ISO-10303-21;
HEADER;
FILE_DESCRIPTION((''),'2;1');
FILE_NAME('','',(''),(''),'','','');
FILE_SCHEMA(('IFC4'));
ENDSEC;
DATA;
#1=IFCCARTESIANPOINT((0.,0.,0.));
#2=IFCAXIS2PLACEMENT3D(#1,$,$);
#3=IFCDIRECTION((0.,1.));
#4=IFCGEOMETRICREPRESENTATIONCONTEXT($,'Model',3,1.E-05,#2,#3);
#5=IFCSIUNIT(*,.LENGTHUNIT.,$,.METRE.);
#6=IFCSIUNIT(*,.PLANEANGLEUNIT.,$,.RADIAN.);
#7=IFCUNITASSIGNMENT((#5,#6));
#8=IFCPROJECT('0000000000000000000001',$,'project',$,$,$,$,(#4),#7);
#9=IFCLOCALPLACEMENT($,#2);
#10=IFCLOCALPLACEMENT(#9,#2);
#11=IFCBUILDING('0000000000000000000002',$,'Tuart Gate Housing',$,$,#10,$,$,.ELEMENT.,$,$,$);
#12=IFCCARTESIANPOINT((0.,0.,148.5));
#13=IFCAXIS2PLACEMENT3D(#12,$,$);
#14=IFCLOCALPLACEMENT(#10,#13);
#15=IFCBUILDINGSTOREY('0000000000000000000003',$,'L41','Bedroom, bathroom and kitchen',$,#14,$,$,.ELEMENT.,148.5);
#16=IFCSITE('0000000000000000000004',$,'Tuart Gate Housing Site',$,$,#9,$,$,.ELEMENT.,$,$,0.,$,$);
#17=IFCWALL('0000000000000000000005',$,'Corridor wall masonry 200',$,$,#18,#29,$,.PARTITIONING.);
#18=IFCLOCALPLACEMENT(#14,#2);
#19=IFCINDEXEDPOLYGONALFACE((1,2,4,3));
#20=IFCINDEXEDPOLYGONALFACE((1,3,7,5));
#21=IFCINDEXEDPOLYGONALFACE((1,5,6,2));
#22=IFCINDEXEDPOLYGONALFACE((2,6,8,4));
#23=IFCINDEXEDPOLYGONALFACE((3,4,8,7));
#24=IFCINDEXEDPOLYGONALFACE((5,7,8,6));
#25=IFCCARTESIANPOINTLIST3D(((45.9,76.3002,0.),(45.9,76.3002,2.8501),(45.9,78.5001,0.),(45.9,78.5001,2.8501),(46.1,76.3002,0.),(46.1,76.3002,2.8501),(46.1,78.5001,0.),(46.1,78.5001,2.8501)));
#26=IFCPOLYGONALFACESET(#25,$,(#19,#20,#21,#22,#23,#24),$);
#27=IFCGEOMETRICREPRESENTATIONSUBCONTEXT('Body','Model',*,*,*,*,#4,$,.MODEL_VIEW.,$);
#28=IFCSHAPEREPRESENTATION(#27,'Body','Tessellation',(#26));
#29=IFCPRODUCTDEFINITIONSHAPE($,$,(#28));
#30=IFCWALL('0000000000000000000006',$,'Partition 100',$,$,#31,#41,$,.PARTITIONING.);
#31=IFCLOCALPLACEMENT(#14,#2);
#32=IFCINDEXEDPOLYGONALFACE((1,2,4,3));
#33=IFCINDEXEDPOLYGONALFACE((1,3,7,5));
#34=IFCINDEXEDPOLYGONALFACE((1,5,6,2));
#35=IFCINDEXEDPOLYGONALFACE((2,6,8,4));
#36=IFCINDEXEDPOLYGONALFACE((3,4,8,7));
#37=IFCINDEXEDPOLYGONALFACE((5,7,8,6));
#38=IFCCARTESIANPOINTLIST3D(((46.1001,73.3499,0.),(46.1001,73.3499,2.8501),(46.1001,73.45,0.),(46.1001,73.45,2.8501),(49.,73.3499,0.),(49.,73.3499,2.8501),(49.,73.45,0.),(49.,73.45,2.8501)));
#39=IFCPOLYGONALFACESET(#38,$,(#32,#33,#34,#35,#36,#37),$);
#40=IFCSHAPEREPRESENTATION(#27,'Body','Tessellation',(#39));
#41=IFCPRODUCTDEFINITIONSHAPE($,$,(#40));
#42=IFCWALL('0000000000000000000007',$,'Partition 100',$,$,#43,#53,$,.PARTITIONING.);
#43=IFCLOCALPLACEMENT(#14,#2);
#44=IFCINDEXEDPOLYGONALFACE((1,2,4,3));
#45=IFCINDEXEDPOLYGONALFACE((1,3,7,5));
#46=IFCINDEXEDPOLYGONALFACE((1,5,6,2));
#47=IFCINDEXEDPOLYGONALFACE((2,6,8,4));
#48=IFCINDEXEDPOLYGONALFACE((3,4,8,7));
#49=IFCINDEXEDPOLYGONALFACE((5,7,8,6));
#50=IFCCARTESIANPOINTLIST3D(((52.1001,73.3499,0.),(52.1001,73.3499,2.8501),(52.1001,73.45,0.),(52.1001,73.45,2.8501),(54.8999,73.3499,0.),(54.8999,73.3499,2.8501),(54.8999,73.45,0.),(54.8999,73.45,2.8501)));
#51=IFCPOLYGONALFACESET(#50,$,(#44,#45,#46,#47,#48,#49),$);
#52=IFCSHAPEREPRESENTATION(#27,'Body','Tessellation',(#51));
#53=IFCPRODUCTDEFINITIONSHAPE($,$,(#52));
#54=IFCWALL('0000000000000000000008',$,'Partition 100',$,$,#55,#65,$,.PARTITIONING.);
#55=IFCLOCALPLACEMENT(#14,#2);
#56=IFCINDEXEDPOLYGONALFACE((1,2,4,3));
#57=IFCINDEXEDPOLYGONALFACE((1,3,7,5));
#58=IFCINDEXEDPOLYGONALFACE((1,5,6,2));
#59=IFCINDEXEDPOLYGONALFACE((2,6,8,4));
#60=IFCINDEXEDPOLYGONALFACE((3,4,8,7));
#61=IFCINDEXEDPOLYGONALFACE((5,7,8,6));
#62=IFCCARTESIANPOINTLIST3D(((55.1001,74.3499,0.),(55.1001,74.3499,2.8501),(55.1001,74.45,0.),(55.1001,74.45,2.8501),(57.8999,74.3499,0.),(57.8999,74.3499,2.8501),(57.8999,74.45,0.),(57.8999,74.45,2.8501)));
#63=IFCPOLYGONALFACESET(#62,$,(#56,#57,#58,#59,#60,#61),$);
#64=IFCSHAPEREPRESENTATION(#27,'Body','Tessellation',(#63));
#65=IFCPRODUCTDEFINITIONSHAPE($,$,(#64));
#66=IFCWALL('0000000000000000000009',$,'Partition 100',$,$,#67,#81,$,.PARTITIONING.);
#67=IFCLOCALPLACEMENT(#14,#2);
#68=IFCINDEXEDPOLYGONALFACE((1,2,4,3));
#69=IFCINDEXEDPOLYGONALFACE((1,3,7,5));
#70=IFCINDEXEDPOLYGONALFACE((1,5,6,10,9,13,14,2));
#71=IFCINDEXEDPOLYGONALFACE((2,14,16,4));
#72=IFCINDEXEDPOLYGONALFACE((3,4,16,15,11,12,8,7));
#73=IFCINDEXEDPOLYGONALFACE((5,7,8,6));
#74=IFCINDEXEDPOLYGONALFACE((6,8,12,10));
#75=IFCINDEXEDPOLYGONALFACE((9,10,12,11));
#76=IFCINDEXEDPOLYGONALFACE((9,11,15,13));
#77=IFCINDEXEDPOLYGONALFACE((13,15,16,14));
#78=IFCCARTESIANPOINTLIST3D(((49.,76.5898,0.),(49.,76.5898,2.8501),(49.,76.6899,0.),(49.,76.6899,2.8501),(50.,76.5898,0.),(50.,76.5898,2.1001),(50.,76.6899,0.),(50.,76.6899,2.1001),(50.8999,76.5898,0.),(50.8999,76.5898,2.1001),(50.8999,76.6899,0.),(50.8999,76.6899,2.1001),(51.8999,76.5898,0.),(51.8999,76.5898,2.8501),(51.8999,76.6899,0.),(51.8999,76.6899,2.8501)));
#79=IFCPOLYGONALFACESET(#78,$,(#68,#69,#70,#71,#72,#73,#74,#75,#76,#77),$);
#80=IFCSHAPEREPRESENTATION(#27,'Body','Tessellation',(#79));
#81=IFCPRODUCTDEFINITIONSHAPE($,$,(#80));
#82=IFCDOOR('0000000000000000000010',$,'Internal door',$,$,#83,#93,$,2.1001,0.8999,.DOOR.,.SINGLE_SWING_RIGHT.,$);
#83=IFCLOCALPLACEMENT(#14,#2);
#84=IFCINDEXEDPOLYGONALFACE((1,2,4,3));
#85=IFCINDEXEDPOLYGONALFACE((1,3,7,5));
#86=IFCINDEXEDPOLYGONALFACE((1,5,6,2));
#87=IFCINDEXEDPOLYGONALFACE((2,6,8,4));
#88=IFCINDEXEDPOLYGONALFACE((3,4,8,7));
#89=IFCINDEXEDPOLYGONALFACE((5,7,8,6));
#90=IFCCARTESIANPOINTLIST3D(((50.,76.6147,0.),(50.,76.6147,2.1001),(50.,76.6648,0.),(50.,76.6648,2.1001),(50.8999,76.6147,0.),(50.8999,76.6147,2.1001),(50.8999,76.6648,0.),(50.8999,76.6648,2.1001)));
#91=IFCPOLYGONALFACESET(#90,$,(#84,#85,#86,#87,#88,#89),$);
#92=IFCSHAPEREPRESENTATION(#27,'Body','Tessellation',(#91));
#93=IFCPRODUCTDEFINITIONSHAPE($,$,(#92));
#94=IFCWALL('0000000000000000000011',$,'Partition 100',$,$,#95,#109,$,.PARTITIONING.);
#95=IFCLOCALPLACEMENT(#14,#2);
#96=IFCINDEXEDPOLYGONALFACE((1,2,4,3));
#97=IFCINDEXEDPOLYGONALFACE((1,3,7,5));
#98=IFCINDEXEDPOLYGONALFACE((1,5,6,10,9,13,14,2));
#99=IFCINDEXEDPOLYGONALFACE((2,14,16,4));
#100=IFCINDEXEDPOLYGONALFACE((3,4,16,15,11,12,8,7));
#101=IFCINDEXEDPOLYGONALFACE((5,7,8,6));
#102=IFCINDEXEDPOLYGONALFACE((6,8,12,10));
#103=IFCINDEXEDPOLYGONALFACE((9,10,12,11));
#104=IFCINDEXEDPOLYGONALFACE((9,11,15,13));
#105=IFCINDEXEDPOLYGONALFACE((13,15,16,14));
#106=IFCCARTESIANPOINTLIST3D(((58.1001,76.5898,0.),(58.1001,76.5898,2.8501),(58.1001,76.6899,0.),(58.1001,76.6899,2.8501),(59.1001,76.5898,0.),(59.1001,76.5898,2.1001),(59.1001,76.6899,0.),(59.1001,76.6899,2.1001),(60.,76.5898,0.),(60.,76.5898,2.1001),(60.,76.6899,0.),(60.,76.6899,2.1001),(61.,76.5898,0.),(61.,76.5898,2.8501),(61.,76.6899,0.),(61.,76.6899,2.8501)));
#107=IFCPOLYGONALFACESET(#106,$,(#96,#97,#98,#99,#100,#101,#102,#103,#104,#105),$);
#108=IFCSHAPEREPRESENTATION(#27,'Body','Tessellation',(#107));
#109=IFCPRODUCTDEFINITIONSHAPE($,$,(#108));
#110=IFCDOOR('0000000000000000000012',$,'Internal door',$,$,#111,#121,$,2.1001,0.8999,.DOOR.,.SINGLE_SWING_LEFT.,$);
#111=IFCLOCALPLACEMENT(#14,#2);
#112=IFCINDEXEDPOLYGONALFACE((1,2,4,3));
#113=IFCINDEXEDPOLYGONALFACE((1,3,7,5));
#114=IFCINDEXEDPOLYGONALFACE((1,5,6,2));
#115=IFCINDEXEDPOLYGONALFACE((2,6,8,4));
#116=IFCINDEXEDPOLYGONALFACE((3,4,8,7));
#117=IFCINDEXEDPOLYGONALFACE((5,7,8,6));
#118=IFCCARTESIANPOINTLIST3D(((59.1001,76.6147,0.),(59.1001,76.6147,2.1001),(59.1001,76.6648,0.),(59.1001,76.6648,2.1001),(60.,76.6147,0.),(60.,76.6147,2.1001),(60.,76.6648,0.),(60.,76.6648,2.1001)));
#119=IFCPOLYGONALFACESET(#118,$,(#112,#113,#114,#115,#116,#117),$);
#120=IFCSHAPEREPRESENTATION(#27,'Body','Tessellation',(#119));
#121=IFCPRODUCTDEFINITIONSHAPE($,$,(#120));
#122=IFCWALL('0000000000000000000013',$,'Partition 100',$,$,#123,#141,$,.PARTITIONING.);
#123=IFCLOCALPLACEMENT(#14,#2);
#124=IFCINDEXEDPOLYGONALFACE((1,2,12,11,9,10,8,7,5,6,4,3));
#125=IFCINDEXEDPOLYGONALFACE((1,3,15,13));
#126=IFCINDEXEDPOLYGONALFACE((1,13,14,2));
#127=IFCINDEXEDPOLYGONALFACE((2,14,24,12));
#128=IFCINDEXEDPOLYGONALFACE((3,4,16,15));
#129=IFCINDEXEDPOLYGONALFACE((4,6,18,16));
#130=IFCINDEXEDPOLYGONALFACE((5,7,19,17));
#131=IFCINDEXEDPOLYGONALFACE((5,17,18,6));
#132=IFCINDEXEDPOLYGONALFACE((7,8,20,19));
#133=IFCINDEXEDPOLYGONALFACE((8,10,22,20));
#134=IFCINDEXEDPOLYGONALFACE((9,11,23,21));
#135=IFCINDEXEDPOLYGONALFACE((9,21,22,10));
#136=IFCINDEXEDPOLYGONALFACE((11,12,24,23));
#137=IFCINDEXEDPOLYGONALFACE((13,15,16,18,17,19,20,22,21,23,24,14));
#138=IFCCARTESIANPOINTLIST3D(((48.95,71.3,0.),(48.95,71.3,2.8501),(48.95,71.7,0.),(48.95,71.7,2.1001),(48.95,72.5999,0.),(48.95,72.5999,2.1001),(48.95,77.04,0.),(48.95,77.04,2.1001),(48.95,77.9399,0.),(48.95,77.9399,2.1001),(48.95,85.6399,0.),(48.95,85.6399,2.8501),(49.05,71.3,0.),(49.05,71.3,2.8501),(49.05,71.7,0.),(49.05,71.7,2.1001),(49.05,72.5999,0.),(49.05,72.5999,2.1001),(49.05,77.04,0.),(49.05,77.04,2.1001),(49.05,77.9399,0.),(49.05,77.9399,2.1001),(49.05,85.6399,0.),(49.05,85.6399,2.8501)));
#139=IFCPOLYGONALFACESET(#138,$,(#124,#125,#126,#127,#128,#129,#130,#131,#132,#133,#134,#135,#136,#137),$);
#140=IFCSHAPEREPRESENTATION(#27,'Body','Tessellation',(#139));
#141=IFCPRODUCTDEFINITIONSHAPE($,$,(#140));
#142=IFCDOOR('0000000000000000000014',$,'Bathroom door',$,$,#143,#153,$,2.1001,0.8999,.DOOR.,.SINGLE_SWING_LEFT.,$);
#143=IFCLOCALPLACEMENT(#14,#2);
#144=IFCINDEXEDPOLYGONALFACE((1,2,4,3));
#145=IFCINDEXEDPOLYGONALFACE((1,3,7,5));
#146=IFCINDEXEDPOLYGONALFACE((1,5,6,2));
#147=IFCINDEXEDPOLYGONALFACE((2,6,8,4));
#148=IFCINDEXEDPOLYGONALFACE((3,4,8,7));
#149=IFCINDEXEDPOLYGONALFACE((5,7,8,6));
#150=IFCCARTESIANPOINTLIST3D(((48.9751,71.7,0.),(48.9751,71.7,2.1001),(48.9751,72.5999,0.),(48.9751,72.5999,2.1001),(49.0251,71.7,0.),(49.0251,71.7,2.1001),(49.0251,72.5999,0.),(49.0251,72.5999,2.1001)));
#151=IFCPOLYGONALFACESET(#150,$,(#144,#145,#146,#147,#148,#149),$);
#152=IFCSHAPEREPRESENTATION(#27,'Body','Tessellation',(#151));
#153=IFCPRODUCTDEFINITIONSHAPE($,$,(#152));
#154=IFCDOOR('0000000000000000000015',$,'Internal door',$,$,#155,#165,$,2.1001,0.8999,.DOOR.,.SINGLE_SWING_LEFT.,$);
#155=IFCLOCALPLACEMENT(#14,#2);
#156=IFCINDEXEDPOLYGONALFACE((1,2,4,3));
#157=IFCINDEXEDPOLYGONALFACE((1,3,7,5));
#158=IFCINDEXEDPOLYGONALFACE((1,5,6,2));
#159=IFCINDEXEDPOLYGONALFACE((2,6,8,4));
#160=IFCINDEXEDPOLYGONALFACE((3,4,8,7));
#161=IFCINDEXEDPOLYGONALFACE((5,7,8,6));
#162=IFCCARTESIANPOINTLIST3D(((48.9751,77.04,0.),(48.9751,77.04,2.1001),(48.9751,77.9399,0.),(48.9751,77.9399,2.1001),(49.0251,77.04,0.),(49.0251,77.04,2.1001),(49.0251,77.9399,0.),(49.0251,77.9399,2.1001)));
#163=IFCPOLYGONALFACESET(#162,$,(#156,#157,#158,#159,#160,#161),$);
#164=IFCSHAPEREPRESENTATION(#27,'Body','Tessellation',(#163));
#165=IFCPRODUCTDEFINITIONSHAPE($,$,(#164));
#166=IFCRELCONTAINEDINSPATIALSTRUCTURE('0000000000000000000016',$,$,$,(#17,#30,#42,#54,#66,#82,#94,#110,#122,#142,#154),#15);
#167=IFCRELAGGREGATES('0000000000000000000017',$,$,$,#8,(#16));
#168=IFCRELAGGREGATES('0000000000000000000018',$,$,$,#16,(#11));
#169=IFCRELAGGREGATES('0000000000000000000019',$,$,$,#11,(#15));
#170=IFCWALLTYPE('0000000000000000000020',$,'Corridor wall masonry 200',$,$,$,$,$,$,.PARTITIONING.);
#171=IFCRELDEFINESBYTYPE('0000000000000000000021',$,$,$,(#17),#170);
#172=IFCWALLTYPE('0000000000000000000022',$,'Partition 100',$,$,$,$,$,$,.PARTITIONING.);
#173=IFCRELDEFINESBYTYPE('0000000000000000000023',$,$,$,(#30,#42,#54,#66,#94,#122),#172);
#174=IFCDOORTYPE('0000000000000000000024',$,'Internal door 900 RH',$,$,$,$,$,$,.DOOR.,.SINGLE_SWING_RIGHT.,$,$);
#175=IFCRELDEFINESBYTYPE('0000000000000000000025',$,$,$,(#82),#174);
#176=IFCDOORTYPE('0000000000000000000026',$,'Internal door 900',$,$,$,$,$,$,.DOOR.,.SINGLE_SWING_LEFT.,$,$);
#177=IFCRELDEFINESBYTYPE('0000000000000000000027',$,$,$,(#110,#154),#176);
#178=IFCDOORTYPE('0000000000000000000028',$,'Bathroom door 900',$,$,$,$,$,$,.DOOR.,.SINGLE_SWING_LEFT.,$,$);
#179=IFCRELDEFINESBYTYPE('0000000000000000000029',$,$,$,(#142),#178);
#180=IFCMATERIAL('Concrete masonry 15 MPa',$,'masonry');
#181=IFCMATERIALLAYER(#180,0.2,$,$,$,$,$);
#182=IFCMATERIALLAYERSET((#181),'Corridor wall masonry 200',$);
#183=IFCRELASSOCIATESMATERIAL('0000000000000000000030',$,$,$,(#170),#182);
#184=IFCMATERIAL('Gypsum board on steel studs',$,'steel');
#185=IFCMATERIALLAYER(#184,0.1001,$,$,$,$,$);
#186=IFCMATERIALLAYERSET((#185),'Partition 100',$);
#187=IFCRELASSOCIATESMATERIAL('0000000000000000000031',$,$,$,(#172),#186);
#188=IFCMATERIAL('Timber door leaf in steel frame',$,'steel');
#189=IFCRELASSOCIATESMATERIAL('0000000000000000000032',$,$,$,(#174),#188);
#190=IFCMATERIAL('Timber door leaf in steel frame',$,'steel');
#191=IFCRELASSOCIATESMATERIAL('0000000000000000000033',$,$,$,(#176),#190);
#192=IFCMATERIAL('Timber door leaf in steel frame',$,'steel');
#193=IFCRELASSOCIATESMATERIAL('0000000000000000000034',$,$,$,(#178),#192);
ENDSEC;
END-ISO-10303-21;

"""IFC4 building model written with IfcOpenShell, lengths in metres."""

from ifc_helpers import new_model, si_unit, direction, frame, frame_2d, origin, place, context, subcontext, project, spatial, rectangle, extrude, material, layer, layer_set, type_object, element, fill, save


model = new_model("IFC4")

# Units and contexts
model_context = context("Model", 3, precision=1e-05, world=origin(), true_north=direction((0.0, 1.0)))
body_context = subcontext(model_context, "Body", "Model", "MODEL_VIEW")
ifc_project = project(units=[si_unit("LENGTHUNIT", "METRE"), si_unit("PLANEANGLEUNIT", "RADIAN")], contexts=[model_context])

# Site, building, storey
site_placement = place(None, origin())
site = spatial("IfcSite", under=ifc_project, at=site_placement, Name="Tuart Gate Housing Site", CompositionType="ELEMENT", RefElevation=0.0)
building_placement = place(site_placement, origin())
building = spatial("IfcBuilding", under=site, at=building_placement, Name="Tuart Gate Housing", CompositionType="ELEMENT")
storey_placement = place(building_placement, frame((0.0, 0.0, 148.5)))
storey = spatial("IfcBuildingStorey", under=building, at=storey_placement, Name="L41", Description="Bedroom, bathroom and kitchen", CompositionType="ELEMENT", Elevation=148.5)

# Walls
ifc_material_1 = material(Name="Concrete masonry 15 MPa", Category="masonry")
ifc_layer_1 = layer(ifc_material_1, 0.2)
ifc_layer_set_1 = layer_set([ifc_layer_1], Name="Corridor wall masonry 200")
wall_type_1 = type_object("IfcWallType", Name="Corridor wall masonry 200", PredefinedType="PARTITIONING", material=ifc_layer_set_1)
wall_1_placement = place(storey_placement, frame((46.0, 76.3, 0.0), z_axis=(0.0, 0.0, 1.0), x_axis=(0.0, 1.0, 0.0)))
element("IfcWall", 1, at=wall_1_placement, inside=storey, type_object=wall_type_1, Name="Corridor wall masonry 200", PredefinedType="PARTITIONING", context=body_context, shape_type="SweptSolid", body=[
    extrude(rectangle(XDim=2.2, YDim=0.2, at=frame_2d((1.1001, 0.0))), origin(), (0.0, 0.0, 1.0), 2.8501),
])
ifc_material_2 = material(Name="Gypsum board on steel studs", Category="steel")
ifc_layer_2 = layer(ifc_material_2, 0.1001)
ifc_layer_set_2 = layer_set([ifc_layer_2], Name="Partition 100")
wall_type_2 = type_object("IfcWallType", Name="Partition 100", PredefinedType="PARTITIONING", material=ifc_layer_set_2)
wall_2_placement = place(storey_placement, frame((46.1001, 73.3999, 0.0), z_axis=(0.0, 0.0, 1.0), x_axis=(1.0, 0.0, 0.0)))
element("IfcWall", 2, at=wall_2_placement, inside=storey, type_object=wall_type_2, Name="Partition 100", PredefinedType="PARTITIONING", context=body_context, shape_type="SweptSolid", body=[
    extrude(rectangle(XDim=2.8999, YDim=0.1001, at=frame_2d((1.45, 0.0))), origin(), (0.0, 0.0, 1.0), 2.8501),
])
for number, where, z_axis, x_axis, name in (
    (3, (52.1001, 73.3999, 0.0), (0.0, 0.0, 1.0), (1.0, 0.0, 0.0), "Partition 100"),
    (4, (55.1001, 74.3999, 0.0), (0.0, 0.0, 1.0), (1.0, 0.0, 0.0), "Partition 100"),
):
    element("IfcWall", number, at=place(storey_placement, frame(where, z_axis=z_axis, x_axis=x_axis)), inside=storey, type_object=wall_type_2, Name=name, PredefinedType="PARTITIONING", context=body_context, shape_type="SweptSolid", body=[
        extrude(rectangle(XDim=2.7998, YDim=0.1001, at=frame_2d((1.3999, 0.0))), origin(), (0.0, 0.0, 1.0), 2.8501),
    ])

# Walls, openings, doors
wall_3_placement = place(storey_placement, frame((49.0, 76.6399, 0.0), z_axis=(0.0, 0.0, 1.0), x_axis=(1.0, 0.0, 0.0)))
wall_3 = element("IfcWall", 5, at=wall_3_placement, inside=storey, type_object=wall_type_2, Name="Partition 100", PredefinedType="PARTITIONING", context=body_context, shape_type="SweptSolid", body=[
    extrude(rectangle(XDim=2.8999, YDim=0.1001, at=frame_2d((1.45, 0.0))), origin(), (0.0, 0.0, 1.0), 2.8501),
])
opening_1_placement = place(wall_3_placement, frame((1.0, 0.0, 0.0)))
opening_1 = element("IfcOpeningElement", 6, at=opening_1_placement, cuts=wall_3, PredefinedType="OPENING", context=body_context, shape_type="SweptSolid", body=[
    extrude(rectangle(XDim=0.8999, YDim=2.1001, at=frame_2d((0.45, 1.05))), frame((0.0, 0.0601, 0.0), z_axis=(0.0, -1.0, 0.0), x_axis=(1.0, 0.0, 0.0)), (0.0, 0.0, 1.0), 0.1201),
])
ifc_material_3 = material(Name="Timber door leaf in steel frame", Category="steel")
door_type_1 = type_object("IfcDoorType", Name="Internal door 900 RH", OperationType="SINGLE_SWING_RIGHT", PredefinedType="DOOR", material=ifc_material_3)
door_1_placement = place(opening_1_placement, frame((0.8999, 0.0, 0.0), z_axis=(0.0, 0.0, 1.0), x_axis=(-1.0, 0.0, 0.0)))
door_1 = element("IfcDoor", 7, at=door_1_placement, inside=storey, type_object=door_type_1, Name="Internal door", OperationType="SINGLE_SWING_RIGHT", OverallHeight=2.1001, OverallWidth=0.8999, PredefinedType="DOOR", context=body_context, shape_type="SweptSolid", body=[
    extrude(rectangle(XDim=0.8999, YDim=2.1001, at=frame_2d((0.45, 1.05))), frame((0.0, 0.0251, 0.0), z_axis=(0.0, -1.0, 0.0), x_axis=(1.0, 0.0, 0.0)), (0.0, 0.0, 1.0), 0.05),
])
fill(opening_1, door_1)
wall_4_placement = place(storey_placement, frame((58.1001, 76.6399, 0.0), z_axis=(0.0, 0.0, 1.0), x_axis=(1.0, 0.0, 0.0)))
wall_4 = element("IfcWall", 8, at=wall_4_placement, inside=storey, type_object=wall_type_2, Name="Partition 100", PredefinedType="PARTITIONING", context=body_context, shape_type="SweptSolid", body=[
    extrude(rectangle(XDim=2.8999, YDim=0.1001, at=frame_2d((1.45, 0.0))), origin(), (0.0, 0.0, 1.0), 2.8501),
])
opening_2_placement = place(wall_4_placement, frame((1.0, 0.0, 0.0)))
opening_2 = element("IfcOpeningElement", 9, at=opening_2_placement, cuts=wall_4, PredefinedType="OPENING", context=body_context, shape_type="SweptSolid", body=[
    extrude(rectangle(XDim=0.8999, YDim=2.1001, at=frame_2d((0.45, 1.05))), frame((0.0, 0.0601, 0.0), z_axis=(0.0, -1.0, 0.0), x_axis=(1.0, 0.0, 0.0)), (0.0, 0.0, 1.0), 0.1201),
])
ifc_material_4 = material(Name="Timber door leaf in steel frame", Category="steel")
door_type_2 = type_object("IfcDoorType", Name="Internal door 900", OperationType="SINGLE_SWING_LEFT", PredefinedType="DOOR", material=ifc_material_4)
door_2_placement = place(opening_2_placement, frame((0.8999, 0.0, 0.0), z_axis=(0.0, 0.0, 1.0), x_axis=(-1.0, 0.0, 0.0)))
door_2 = element("IfcDoor", 10, at=door_2_placement, inside=storey, type_object=door_type_2, Name="Internal door", OperationType="SINGLE_SWING_LEFT", OverallHeight=2.1001, OverallWidth=0.8999, PredefinedType="DOOR", context=body_context, shape_type="SweptSolid", body=[
    extrude(rectangle(XDim=0.8999, YDim=2.1001, at=frame_2d((0.45, 1.05))), frame((0.0, 0.0251, 0.0), z_axis=(0.0, -1.0, 0.0), x_axis=(1.0, 0.0, 0.0)), (0.0, 0.0, 1.0), 0.05),
])
fill(opening_2, door_2)

# Wall, openings, doors
wall_5_placement = place(storey_placement, frame((49.0, 71.3, 0.0), z_axis=(0.0, 0.0, 1.0), x_axis=(0.0, 1.0, 0.0)))
wall_5 = element("IfcWall", 11, at=wall_5_placement, inside=storey, type_object=wall_type_2, Name="Partition 100", PredefinedType="PARTITIONING", context=body_context, shape_type="SweptSolid", body=[
    extrude(rectangle(XDim=14.3398, YDim=0.1001, at=frame_2d((7.1699, 0.0))), origin(), (0.0, 0.0, 1.0), 2.8501),
])
opening_3_placement = place(wall_5_placement, frame((5.74, 0.0, 0.0)))
opening_3 = element("IfcOpeningElement", 12, at=opening_3_placement, cuts=wall_5, PredefinedType="OPENING", context=body_context, shape_type="SweptSolid", body=[
    extrude(rectangle(XDim=0.8999, YDim=2.1001, at=frame_2d((0.45, 1.05))), frame((0.0, 0.0601, 0.0), z_axis=(0.0, -1.0, 0.0), x_axis=(1.0, 0.0, 0.0)), (0.0, 0.0, 1.0), 0.1201),
])
opening_4_placement = place(wall_5_placement, frame((0.3999, 0.0, 0.0)))
opening_4 = element("IfcOpeningElement", 13, at=opening_4_placement, cuts=wall_5, PredefinedType="OPENING", context=body_context, shape_type="SweptSolid", body=[
    extrude(rectangle(XDim=0.8999, YDim=2.1001, at=frame_2d((0.45, 1.05))), frame((0.0, 0.0601, 0.0), z_axis=(0.0, -1.0, 0.0), x_axis=(1.0, 0.0, 0.0)), (0.0, 0.0, 1.0), 0.1201),
])
ifc_material_5 = material(Name="Timber door leaf in steel frame", Category="steel")
door_type_3 = type_object("IfcDoorType", Name="Bathroom door 900", OperationType="SINGLE_SWING_LEFT", PredefinedType="DOOR", material=ifc_material_5)
door_3_placement = place(opening_4_placement, origin())
door_3 = element("IfcDoor", 14, at=door_3_placement, inside=storey, type_object=door_type_3, Name="Bathroom door", OperationType="SINGLE_SWING_LEFT", OverallHeight=2.1001, OverallWidth=0.8999, PredefinedType="DOOR", context=body_context, shape_type="SweptSolid", body=[
    extrude(rectangle(XDim=0.8999, YDim=2.1001, at=frame_2d((0.45, 1.05))), frame((0.0, 0.0249, 0.0), z_axis=(0.0, -1.0, 0.0), x_axis=(1.0, 0.0, 0.0)), (0.0, 0.0, 1.0), 0.05),
])
fill(opening_4, door_3)
door_4_placement = place(opening_3_placement, origin())
door_4 = element("IfcDoor", 15, at=door_4_placement, inside=storey, type_object=door_type_2, Name="Internal door", OperationType="SINGLE_SWING_LEFT", OverallHeight=2.1001, OverallWidth=0.8999, PredefinedType="DOOR", context=body_context, shape_type="SweptSolid", body=[
    extrude(rectangle(XDim=0.8999, YDim=2.1001, at=frame_2d((0.45, 1.05))), frame((0.0, 0.0249, 0.0), z_axis=(0.0, -1.0, 0.0), x_axis=(1.0, 0.0, 0.0)), (0.0, 0.0, 1.0), 0.05),
])
fill(opening_3, door_4)

save(model, "model.ifc")
